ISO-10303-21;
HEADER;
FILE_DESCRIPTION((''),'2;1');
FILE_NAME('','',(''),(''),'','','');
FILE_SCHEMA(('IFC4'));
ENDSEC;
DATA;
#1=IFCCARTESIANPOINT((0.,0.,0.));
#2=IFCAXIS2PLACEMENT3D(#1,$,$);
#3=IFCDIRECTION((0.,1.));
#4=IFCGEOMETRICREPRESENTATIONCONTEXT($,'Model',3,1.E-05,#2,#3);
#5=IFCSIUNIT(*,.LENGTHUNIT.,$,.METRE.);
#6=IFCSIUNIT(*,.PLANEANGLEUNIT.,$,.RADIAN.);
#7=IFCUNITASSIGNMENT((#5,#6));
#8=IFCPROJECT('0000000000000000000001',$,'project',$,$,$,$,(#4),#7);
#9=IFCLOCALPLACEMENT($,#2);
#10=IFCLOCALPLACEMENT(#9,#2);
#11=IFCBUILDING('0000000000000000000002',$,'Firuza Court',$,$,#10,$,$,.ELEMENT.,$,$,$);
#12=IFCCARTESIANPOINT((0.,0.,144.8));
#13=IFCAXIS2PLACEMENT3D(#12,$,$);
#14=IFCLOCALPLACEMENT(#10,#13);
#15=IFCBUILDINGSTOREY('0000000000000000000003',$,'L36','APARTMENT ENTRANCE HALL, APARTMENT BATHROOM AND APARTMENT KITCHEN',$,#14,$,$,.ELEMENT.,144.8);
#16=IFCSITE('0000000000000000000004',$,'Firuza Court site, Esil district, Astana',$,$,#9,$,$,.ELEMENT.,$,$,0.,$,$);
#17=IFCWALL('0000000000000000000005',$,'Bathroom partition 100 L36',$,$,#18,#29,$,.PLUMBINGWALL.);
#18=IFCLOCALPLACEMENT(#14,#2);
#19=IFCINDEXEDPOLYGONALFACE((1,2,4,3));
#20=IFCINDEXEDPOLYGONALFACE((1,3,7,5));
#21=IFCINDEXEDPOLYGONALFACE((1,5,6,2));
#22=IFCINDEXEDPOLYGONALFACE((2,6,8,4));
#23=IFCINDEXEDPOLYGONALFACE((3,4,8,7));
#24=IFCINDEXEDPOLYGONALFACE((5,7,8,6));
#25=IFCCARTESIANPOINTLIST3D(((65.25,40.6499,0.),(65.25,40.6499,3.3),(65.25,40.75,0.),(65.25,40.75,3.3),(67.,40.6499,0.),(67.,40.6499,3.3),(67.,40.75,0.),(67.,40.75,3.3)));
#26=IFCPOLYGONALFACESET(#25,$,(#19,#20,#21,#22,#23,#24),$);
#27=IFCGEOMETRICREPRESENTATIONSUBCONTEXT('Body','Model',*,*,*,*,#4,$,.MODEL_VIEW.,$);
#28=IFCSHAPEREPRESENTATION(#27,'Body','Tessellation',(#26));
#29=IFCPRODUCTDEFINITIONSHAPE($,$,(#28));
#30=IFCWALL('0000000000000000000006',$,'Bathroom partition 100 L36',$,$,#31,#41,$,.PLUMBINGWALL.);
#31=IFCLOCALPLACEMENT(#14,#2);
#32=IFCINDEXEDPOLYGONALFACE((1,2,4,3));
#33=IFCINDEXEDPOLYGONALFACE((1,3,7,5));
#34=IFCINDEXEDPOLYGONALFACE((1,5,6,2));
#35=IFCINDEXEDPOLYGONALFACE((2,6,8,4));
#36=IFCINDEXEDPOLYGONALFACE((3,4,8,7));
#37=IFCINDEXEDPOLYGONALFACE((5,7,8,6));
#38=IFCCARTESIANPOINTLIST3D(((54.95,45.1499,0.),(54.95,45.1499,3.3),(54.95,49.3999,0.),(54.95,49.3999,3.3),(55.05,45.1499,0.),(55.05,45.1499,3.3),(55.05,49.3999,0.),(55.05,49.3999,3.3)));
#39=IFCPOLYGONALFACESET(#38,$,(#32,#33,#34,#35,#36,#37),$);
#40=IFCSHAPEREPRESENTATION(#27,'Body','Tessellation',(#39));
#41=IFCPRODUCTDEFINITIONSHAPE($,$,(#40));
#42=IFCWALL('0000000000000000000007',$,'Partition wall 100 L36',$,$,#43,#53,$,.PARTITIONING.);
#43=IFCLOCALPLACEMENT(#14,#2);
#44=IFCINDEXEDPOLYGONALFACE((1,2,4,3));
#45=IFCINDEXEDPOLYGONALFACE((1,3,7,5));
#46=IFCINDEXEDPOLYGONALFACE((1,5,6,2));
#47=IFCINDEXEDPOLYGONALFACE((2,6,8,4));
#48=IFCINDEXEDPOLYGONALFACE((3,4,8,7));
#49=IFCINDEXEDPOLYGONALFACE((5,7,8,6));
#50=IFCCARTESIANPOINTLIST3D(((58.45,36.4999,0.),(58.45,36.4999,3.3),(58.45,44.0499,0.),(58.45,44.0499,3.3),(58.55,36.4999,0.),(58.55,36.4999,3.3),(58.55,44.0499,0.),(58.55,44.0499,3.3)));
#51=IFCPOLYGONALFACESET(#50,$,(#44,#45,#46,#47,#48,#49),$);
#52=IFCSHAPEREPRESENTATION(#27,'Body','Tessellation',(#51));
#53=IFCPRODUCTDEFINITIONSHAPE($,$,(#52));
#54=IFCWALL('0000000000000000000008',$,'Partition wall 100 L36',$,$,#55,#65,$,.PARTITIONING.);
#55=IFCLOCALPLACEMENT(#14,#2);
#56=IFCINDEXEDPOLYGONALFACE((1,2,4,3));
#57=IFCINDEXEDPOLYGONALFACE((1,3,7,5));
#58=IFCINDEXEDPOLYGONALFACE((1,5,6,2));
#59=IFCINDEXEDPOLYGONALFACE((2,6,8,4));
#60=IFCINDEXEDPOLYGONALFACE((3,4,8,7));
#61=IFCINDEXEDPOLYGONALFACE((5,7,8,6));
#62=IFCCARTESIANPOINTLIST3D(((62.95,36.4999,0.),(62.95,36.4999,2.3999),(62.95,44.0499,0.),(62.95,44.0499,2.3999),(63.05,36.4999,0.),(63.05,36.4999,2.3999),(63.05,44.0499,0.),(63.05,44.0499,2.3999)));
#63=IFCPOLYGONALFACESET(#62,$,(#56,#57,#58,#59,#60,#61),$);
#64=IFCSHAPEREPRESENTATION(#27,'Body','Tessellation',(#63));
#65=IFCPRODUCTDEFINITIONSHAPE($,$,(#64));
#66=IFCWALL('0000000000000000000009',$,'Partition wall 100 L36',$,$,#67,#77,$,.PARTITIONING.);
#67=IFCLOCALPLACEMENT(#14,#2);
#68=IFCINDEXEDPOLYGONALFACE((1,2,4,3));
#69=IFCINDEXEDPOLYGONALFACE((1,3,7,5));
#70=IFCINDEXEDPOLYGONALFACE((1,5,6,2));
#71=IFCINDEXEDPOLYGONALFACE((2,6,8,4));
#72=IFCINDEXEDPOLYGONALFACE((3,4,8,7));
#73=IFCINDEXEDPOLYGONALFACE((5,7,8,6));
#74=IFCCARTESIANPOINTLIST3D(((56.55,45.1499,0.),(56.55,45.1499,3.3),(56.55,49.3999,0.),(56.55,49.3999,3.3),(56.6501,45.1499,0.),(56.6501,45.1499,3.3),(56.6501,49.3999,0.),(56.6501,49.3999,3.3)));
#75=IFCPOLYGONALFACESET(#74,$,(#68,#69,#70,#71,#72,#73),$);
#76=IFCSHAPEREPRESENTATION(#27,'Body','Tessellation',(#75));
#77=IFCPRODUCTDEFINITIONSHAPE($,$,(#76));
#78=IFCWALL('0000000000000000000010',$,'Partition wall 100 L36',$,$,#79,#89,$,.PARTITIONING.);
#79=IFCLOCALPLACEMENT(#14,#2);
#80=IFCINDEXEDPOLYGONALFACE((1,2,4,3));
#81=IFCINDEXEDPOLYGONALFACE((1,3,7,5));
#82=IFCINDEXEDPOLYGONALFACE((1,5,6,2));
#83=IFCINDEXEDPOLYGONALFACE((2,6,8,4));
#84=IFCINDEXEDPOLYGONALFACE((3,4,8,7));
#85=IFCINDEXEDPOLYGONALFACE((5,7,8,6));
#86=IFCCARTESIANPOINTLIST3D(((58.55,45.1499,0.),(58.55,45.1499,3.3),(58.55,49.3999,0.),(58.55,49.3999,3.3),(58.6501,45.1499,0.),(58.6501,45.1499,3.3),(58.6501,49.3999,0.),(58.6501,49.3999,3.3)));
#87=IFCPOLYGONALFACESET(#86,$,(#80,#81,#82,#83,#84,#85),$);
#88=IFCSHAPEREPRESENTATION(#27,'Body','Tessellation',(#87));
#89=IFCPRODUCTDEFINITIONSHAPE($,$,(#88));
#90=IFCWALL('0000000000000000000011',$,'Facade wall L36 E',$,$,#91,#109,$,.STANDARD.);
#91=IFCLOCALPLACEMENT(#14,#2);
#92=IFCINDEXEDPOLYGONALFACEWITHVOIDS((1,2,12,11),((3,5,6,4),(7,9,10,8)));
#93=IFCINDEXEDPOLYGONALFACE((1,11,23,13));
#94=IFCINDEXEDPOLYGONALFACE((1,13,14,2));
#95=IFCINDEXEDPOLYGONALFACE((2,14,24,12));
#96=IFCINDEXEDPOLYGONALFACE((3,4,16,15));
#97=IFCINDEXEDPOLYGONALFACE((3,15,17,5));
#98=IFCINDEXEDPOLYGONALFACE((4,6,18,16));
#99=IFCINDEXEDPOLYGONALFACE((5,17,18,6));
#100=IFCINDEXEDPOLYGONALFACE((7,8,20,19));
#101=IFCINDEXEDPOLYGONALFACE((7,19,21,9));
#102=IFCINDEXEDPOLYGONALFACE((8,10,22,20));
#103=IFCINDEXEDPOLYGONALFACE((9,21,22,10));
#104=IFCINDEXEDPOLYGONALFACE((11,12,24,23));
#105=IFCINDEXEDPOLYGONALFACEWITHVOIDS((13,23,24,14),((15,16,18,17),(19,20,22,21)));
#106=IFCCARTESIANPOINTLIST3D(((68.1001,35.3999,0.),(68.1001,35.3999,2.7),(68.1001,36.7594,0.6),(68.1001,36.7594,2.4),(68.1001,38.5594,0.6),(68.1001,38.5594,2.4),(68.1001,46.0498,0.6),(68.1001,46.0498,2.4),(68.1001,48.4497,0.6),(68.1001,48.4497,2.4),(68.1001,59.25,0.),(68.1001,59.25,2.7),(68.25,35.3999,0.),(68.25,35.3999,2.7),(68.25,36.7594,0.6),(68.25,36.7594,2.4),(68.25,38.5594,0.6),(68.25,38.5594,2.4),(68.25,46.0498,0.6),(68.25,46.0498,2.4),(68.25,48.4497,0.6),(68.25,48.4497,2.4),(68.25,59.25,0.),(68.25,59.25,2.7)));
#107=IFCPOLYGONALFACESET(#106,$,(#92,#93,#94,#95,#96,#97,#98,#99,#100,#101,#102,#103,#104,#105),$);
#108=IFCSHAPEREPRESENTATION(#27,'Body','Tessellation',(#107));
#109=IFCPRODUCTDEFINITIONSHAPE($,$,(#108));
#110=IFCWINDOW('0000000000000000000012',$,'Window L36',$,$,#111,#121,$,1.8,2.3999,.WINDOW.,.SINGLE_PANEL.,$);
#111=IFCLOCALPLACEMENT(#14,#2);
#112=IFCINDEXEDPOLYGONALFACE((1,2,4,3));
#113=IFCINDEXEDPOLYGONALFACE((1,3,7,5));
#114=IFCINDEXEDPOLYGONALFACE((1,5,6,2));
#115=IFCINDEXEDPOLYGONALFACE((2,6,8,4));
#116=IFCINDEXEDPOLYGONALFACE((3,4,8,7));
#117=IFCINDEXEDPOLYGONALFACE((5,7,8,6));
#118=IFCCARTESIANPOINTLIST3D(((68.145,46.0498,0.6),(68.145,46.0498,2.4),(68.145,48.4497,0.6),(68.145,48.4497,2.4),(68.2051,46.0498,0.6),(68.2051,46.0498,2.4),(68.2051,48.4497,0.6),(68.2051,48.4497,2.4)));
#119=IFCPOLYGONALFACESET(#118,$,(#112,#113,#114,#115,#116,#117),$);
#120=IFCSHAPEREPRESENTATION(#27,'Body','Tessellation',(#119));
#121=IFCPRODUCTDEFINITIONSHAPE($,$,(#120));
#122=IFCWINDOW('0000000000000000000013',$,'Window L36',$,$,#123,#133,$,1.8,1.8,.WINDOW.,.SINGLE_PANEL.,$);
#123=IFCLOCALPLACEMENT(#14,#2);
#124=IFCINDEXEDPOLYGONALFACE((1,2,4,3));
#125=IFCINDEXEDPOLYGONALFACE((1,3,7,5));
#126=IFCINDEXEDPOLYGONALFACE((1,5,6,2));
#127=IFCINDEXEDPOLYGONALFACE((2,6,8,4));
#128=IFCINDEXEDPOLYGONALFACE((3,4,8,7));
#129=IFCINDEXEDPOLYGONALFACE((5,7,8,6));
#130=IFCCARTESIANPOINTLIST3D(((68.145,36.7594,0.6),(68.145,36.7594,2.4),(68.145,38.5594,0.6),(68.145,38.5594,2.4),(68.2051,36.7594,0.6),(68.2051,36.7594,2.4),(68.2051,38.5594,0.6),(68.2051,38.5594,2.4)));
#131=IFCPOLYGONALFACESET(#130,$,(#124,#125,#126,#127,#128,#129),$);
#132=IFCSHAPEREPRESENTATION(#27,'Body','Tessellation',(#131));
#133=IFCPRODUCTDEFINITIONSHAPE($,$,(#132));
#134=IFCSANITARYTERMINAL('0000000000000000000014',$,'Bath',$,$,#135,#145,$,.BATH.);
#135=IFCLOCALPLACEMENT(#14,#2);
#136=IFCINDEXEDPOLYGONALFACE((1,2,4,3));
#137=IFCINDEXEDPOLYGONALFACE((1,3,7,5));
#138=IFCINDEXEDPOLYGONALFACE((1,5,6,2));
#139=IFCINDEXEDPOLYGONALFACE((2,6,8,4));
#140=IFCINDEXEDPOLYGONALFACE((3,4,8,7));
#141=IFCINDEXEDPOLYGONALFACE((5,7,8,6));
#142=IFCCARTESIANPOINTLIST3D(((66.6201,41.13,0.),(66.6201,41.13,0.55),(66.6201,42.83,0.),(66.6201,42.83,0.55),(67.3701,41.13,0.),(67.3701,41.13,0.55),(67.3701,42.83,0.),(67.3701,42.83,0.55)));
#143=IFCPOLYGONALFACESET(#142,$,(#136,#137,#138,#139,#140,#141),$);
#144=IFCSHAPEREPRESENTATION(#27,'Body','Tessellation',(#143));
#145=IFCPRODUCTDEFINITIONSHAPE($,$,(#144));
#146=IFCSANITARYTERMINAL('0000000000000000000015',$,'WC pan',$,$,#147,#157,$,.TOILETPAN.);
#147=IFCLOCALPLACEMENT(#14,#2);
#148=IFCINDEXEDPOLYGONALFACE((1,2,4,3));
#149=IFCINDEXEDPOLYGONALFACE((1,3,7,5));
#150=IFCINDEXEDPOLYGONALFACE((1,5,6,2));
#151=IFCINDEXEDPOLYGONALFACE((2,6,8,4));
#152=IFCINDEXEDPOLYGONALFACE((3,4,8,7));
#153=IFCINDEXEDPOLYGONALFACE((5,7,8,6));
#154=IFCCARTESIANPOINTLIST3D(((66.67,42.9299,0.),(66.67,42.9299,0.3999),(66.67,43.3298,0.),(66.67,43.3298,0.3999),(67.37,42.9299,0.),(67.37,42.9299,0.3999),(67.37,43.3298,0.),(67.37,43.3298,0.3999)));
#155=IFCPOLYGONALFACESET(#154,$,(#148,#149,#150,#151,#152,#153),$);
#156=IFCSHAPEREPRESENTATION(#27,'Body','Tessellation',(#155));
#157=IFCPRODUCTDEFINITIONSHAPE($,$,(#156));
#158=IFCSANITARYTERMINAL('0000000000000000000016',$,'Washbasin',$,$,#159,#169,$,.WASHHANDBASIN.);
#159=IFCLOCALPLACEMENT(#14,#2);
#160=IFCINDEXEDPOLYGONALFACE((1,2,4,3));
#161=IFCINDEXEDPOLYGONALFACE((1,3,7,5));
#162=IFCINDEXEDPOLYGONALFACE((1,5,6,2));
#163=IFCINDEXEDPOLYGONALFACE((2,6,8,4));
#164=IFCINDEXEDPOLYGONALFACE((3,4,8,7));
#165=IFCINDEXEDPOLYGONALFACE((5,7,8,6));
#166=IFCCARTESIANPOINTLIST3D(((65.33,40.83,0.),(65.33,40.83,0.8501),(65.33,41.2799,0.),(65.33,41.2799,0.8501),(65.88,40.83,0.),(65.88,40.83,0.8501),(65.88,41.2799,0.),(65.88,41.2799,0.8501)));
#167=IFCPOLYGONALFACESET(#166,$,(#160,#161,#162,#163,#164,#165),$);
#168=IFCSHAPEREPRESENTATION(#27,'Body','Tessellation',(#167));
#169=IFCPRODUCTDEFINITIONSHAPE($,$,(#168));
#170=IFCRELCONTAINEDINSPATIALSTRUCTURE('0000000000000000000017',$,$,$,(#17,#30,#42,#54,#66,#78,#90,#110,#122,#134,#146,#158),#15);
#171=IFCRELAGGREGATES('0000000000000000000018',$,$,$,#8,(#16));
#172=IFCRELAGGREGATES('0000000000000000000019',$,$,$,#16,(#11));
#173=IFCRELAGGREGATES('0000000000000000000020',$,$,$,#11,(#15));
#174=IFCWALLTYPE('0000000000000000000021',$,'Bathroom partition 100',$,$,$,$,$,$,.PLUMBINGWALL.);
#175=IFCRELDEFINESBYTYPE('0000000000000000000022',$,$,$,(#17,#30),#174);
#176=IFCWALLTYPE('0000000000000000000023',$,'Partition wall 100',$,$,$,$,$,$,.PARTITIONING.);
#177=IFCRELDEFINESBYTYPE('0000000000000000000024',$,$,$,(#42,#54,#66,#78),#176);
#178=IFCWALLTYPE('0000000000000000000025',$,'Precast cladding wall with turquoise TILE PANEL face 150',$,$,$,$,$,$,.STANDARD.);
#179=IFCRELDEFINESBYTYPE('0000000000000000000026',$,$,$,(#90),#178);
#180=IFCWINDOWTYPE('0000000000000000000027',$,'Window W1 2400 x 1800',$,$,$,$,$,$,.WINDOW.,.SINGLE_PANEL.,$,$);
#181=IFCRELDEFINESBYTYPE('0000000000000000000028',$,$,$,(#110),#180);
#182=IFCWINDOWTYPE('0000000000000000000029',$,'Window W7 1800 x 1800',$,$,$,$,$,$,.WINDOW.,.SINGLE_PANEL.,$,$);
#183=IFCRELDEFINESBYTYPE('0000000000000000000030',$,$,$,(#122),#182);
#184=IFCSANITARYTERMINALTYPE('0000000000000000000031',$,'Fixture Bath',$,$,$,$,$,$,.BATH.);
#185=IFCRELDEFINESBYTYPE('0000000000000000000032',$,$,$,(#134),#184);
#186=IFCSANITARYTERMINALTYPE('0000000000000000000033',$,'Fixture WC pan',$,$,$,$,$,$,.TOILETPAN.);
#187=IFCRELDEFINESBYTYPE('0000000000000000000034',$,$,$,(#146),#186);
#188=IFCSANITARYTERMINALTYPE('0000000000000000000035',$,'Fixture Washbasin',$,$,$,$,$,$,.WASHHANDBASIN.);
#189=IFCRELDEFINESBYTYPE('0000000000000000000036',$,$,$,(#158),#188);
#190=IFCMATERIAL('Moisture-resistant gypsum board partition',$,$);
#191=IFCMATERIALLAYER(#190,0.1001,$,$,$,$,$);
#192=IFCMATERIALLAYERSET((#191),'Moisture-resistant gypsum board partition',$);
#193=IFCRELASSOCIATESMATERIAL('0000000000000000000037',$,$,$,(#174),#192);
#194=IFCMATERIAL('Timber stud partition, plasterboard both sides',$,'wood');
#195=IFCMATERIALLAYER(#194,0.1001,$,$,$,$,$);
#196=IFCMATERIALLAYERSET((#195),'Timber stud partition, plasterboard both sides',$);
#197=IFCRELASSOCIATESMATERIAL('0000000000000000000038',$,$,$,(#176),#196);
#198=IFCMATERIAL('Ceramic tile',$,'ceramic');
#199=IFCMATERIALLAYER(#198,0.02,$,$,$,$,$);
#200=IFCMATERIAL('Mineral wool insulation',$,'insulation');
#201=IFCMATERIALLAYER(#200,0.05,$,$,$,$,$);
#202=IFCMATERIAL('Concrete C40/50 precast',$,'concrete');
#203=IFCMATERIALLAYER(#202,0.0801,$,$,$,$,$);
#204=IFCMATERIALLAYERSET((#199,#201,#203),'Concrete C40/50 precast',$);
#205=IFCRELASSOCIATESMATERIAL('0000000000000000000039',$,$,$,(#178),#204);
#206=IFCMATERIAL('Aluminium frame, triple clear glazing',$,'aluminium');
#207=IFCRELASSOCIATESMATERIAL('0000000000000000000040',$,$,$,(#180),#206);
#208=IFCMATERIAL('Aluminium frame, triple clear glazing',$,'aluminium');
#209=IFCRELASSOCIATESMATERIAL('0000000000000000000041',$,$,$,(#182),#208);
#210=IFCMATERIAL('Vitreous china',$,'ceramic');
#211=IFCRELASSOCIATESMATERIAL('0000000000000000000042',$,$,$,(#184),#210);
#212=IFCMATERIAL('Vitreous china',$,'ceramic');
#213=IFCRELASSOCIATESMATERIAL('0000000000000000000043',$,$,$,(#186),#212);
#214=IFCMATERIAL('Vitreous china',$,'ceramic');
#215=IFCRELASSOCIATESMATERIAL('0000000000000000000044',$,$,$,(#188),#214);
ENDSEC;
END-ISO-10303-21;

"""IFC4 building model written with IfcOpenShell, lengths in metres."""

from ifc_helpers import new_model, si_unit, direction, frame, frame_2d, origin, origin_2d, place, context, subcontext, project, spatial, rectangle, extrude, material, layer, layer_set, type_object, element, fill, save


model = new_model("IFC4")

# Units and contexts
model_context = context("Model", 3, precision=1e-05, world=origin(), true_north=direction((0.0, 1.0)))
body_context = subcontext(model_context, "Body", "Model", "MODEL_VIEW")
ifc_project = project(units=[si_unit("LENGTHUNIT", "METRE"), si_unit("PLANEANGLEUNIT", "RADIAN")], contexts=[model_context])

# Site, building, storey
site_placement = place(None, origin())
site = spatial("IfcSite", under=ifc_project, at=site_placement, Name="Firuza Court site, Esil district, Astana", CompositionType="ELEMENT", RefElevation=0.0)
building_placement = place(site_placement, origin())
building = spatial("IfcBuilding", under=site, at=building_placement, Name="Firuza Court", CompositionType="ELEMENT")
storey_placement = place(building_placement, frame((0.0, 0.0, 144.8)))
storey = spatial("IfcBuildingStorey", under=building, at=storey_placement, Name="L36", Description="APARTMENT ENTRANCE HALL, APARTMENT BATHROOM AND APARTMENT KITCHEN", CompositionType="ELEMENT", Elevation=144.8)

# Shared definitions
ifc_material_1 = material(Name="Moisture-resistant gypsum board partition")
ifc_layer_1 = layer(ifc_material_1, 0.1001)
ifc_layer_set_1 = layer_set([ifc_layer_1], Name="Moisture-resistant gypsum board partition")
wall_type_1 = type_object("IfcWallType", Name="Bathroom partition 100", PredefinedType="PLUMBINGWALL", material=ifc_layer_set_1)

# Walls
wall_1_placement = place(storey_placement, frame((65.25, 40.7, 0.0), z_axis=(0.0, 0.0, 1.0), x_axis=(1.0, 0.0, 0.0)))
element("IfcWall", 1, at=wall_1_placement, inside=storey, type_object=wall_type_1, Name="Bathroom partition 100 L36", PredefinedType="PLUMBINGWALL", context=body_context, shape_type="SweptSolid", body=[
    extrude(rectangle(XDim=1.75, YDim=0.1001, at=frame_2d((0.875, 0.0))), origin(), (0.0, 0.0, 1.0), 3.3),
])
wall_2_placement = place(storey_placement, frame((55.0, 45.1499, 0.0), z_axis=(0.0, 0.0, 1.0), x_axis=(0.0, 1.0, 0.0)))
element("IfcWall", 2, at=wall_2_placement, inside=storey, type_object=wall_type_1, Name="Bathroom partition 100 L36", PredefinedType="PLUMBINGWALL", context=body_context, shape_type="SweptSolid", body=[
    extrude(rectangle(XDim=4.25, YDim=0.1001, at=frame_2d((2.125, 0.0))), origin(), (0.0, 0.0, 1.0), 3.3),
])
ifc_material_2 = material(Name="Timber stud partition, plasterboard both sides", Category="wood")
ifc_layer_2 = layer(ifc_material_2, 0.1001)
ifc_layer_set_2 = layer_set([ifc_layer_2], Name="Timber stud partition, plasterboard both sides")
wall_type_2 = type_object("IfcWallType", Name="Partition wall 100", PredefinedType="PARTITIONING", material=ifc_layer_set_2)
wall_3_placement = place(storey_placement, frame((58.5, 36.5, 0.0), z_axis=(0.0, 0.0, 1.0), x_axis=(0.0, 1.0, 0.0)))
element("IfcWall", 3, at=wall_3_placement, inside=storey, type_object=wall_type_2, Name="Partition wall 100 L36", PredefinedType="PARTITIONING", context=body_context, shape_type="SweptSolid", body=[
    extrude(rectangle(XDim=7.55, YDim=0.1001, at=frame_2d((3.7749, 0.0))), origin(), (0.0, 0.0, 1.0), 3.3),
])
wall_4_placement = place(storey_placement, frame((63.0, 36.5, 0.0), z_axis=(0.0, 0.0, 1.0), x_axis=(0.0, 1.0, 0.0)))
element("IfcWall", 4, at=wall_4_placement, inside=storey, type_object=wall_type_2, Name="Partition wall 100 L36", PredefinedType="PARTITIONING", context=body_context, shape_type="SweptSolid", body=[
    extrude(rectangle(XDim=7.55, YDim=0.1001, at=frame_2d((3.7749, 0.0))), origin(), (0.0, 0.0, 1.0), 2.3999),
])
for number, where, z_axis, x_axis, name in (
    (5, (56.6001, 45.1499, 0.0), (0.0, 0.0, 1.0), (0.0, 1.0, 0.0), "Partition wall 100 L36"),
    (6, (58.6001, 45.1499, 0.0), (0.0, 0.0, 1.0), (0.0, 1.0, 0.0), "Partition wall 100 L36"),
):
    element("IfcWall", number, at=place(storey_placement, frame(where, z_axis=z_axis, x_axis=x_axis)), inside=storey, type_object=wall_type_2, Name=name, PredefinedType="PARTITIONING", context=body_context, shape_type="SweptSolid", body=[
        extrude(rectangle(XDim=4.25, YDim=0.1001, at=frame_2d((2.125, 0.0))), origin(), (0.0, 0.0, 1.0), 3.3),
    ])

# Wall, openings, windows
ifc_material_3 = material(Name="Ceramic tile", Category="ceramic")
ifc_layer_3 = layer(ifc_material_3, 0.02)
ifc_material_4 = material(Name="Mineral wool insulation", Category="insulation")
ifc_layer_4 = layer(ifc_material_4, 0.05)
ifc_material_5 = material(Name="Concrete C40/50 precast", Category="concrete")
ifc_layer_5 = layer(ifc_material_5, 0.0801)
ifc_layer_set_3 = layer_set([ifc_layer_3, ifc_layer_4, ifc_layer_5], Name="Concrete C40/50 precast")
wall_type_3 = type_object("IfcWallType", Name="Precast cladding wall with turquoise TILE PANEL face 150", PredefinedType="STANDARD", material=ifc_layer_set_3)
wall_5_placement = place(storey_placement, frame((68.175, 35.3999, 0.0), z_axis=(0.0, 0.0, 1.0), x_axis=(0.0, 1.0, 0.0)))
wall_5 = element("IfcWall", 7, at=wall_5_placement, inside=storey, type_object=wall_type_3, Name="Facade wall L36 E", PredefinedType="STANDARD", context=body_context, shape_type="SweptSolid", body=[
    extrude(rectangle(XDim=23.8501, YDim=0.1499, at=frame_2d((11.925, 0.0))), origin(), (0.0, 0.0, 1.0), 2.7),
])
opening_1_placement = place(wall_5_placement, frame((1.3596, 0.0, 0.6001)))
opening_1 = element("IfcOpeningElement", 8, at=opening_1_placement, cuts=wall_5, PredefinedType="OPENING", context=body_context, shape_type="SweptSolid", body=[
    extrude(rectangle(XDim=1.8, YDim=1.8, at=frame_2d((0.8999, 0.8999))), frame((0.0, 0.0869, 0.0), z_axis=(0.0, -1.0, 0.0), x_axis=(1.0, 0.0, 0.0)), (0.0, 0.0, 1.0), 0.1738),
])
opening_2_placement = place(wall_5_placement, frame((10.6499, 0.0, 0.6001)))
opening_2 = element("IfcOpeningElement", 9, at=opening_2_placement, cuts=wall_5, PredefinedType="OPENING", context=body_context, shape_type="SweptSolid", body=[
    extrude(rectangle(XDim=2.3999, YDim=1.8, at=frame_2d((1.2, 0.8999))), frame((0.0, 0.0869, 0.0), z_axis=(0.0, -1.0, 0.0), x_axis=(1.0, 0.0, 0.0)), (0.0, 0.0, 1.0), 0.1738),
])
ifc_material_6 = material(Name="Aluminium frame, triple clear glazing", Category="aluminium")
window_type_1 = type_object("IfcWindowType", Name="Window W1 2400 x 1800", PartitioningType="SINGLE_PANEL", PredefinedType="WINDOW", material=ifc_material_6)
window_1_placement = place(opening_2_placement, origin())
window_1 = element("IfcWindow", 10, at=window_1_placement, inside=storey, type_object=window_type_1, Name="Window L36", OverallHeight=1.8, OverallWidth=2.3999, PartitioningType="SINGLE_PANEL", PredefinedType="WINDOW", context=body_context, shape_type="SweptSolid", body=[
    extrude(rectangle(XDim=2.3999, YDim=1.8, at=frame_2d((1.2, 0.8999))), frame((0.0, 0.03, 0.0), z_axis=(0.0, -1.0, 0.0), x_axis=(1.0, 0.0, 0.0)), (0.0, 0.0, 1.0), 0.0601),
])
fill(opening_2, window_1)
ifc_material_7 = material(Name="Aluminium frame, triple clear glazing", Category="aluminium")
window_type_2 = type_object("IfcWindowType", Name="Window W7 1800 x 1800", PartitioningType="SINGLE_PANEL", PredefinedType="WINDOW", material=ifc_material_7)
window_2_placement = place(opening_1_placement, origin())
window_2 = element("IfcWindow", 11, at=window_2_placement, inside=storey, type_object=window_type_2, Name="Window L36", OverallHeight=1.8, OverallWidth=1.8, PartitioningType="SINGLE_PANEL", PredefinedType="WINDOW", context=body_context, shape_type="SweptSolid", body=[
    extrude(rectangle(XDim=1.8, YDim=1.8, at=frame_2d((0.8999, 0.8999))), frame((0.0, 0.03, 0.0), z_axis=(0.0, -1.0, 0.0), x_axis=(1.0, 0.0, 0.0)), (0.0, 0.0, 1.0), 0.0601),
])
fill(opening_1, window_2)

# Sanitary terminals
ifc_material_8 = material(Name="Vitreous china", Category="ceramic")
sanitary_terminal_type_1 = type_object("IfcSanitaryTerminalType", Name="Fixture Bath", PredefinedType="BATH", material=ifc_material_8)
sanitary_terminal_1_placement = place(storey_placement, frame((66.9951, 41.98, 0.0), z_axis=(0.0, 0.0, 1.0), x_axis=(1.0, 0.0, 0.0)))
element("IfcSanitaryTerminal", 12, at=sanitary_terminal_1_placement, inside=storey, type_object=sanitary_terminal_type_1, Name="Bath", PredefinedType="BATH", context=body_context, shape_type="SweptSolid", body=[
    extrude(rectangle(XDim=0.75, YDim=1.7, at=origin_2d()), origin(), (0.0, 0.0, 1.0), 0.55),
])
ifc_material_9 = material(Name="Vitreous china", Category="ceramic")
sanitary_terminal_type_2 = type_object("IfcSanitaryTerminalType", Name="Fixture WC pan", PredefinedType="TOILETPAN", material=ifc_material_9)
sanitary_terminal_2_placement = place(storey_placement, frame((67.02, 43.1299, 0.0), z_axis=(0.0, 0.0, 1.0), x_axis=(1.0, 0.0, 0.0)))
element("IfcSanitaryTerminal", 13, at=sanitary_terminal_2_placement, inside=storey, type_object=sanitary_terminal_type_2, Name="WC pan", PredefinedType="TOILETPAN", context=body_context, shape_type="SweptSolid", body=[
    extrude(rectangle(XDim=0.7, YDim=0.3999, at=origin_2d()), origin(), (0.0, 0.0, 1.0), 0.3999),
])
ifc_material_10 = material(Name="Vitreous china", Category="ceramic")
sanitary_terminal_type_3 = type_object("IfcSanitaryTerminalType", Name="Fixture Washbasin", PredefinedType="WASHHANDBASIN", material=ifc_material_10)
sanitary_terminal_3_placement = place(storey_placement, frame((65.605, 41.0549, 0.0), z_axis=(0.0, 0.0, 1.0), x_axis=(1.0, 0.0, 0.0)))
element("IfcSanitaryTerminal", 14, at=sanitary_terminal_3_placement, inside=storey, type_object=sanitary_terminal_type_3, Name="Washbasin", PredefinedType="WASHHANDBASIN", context=body_context, shape_type="SweptSolid", body=[
    extrude(rectangle(XDim=0.55, YDim=0.45, at=origin_2d()), origin(), (0.0, 0.0, 1.0), 0.8501),
])

save(model, "model.ifc")
